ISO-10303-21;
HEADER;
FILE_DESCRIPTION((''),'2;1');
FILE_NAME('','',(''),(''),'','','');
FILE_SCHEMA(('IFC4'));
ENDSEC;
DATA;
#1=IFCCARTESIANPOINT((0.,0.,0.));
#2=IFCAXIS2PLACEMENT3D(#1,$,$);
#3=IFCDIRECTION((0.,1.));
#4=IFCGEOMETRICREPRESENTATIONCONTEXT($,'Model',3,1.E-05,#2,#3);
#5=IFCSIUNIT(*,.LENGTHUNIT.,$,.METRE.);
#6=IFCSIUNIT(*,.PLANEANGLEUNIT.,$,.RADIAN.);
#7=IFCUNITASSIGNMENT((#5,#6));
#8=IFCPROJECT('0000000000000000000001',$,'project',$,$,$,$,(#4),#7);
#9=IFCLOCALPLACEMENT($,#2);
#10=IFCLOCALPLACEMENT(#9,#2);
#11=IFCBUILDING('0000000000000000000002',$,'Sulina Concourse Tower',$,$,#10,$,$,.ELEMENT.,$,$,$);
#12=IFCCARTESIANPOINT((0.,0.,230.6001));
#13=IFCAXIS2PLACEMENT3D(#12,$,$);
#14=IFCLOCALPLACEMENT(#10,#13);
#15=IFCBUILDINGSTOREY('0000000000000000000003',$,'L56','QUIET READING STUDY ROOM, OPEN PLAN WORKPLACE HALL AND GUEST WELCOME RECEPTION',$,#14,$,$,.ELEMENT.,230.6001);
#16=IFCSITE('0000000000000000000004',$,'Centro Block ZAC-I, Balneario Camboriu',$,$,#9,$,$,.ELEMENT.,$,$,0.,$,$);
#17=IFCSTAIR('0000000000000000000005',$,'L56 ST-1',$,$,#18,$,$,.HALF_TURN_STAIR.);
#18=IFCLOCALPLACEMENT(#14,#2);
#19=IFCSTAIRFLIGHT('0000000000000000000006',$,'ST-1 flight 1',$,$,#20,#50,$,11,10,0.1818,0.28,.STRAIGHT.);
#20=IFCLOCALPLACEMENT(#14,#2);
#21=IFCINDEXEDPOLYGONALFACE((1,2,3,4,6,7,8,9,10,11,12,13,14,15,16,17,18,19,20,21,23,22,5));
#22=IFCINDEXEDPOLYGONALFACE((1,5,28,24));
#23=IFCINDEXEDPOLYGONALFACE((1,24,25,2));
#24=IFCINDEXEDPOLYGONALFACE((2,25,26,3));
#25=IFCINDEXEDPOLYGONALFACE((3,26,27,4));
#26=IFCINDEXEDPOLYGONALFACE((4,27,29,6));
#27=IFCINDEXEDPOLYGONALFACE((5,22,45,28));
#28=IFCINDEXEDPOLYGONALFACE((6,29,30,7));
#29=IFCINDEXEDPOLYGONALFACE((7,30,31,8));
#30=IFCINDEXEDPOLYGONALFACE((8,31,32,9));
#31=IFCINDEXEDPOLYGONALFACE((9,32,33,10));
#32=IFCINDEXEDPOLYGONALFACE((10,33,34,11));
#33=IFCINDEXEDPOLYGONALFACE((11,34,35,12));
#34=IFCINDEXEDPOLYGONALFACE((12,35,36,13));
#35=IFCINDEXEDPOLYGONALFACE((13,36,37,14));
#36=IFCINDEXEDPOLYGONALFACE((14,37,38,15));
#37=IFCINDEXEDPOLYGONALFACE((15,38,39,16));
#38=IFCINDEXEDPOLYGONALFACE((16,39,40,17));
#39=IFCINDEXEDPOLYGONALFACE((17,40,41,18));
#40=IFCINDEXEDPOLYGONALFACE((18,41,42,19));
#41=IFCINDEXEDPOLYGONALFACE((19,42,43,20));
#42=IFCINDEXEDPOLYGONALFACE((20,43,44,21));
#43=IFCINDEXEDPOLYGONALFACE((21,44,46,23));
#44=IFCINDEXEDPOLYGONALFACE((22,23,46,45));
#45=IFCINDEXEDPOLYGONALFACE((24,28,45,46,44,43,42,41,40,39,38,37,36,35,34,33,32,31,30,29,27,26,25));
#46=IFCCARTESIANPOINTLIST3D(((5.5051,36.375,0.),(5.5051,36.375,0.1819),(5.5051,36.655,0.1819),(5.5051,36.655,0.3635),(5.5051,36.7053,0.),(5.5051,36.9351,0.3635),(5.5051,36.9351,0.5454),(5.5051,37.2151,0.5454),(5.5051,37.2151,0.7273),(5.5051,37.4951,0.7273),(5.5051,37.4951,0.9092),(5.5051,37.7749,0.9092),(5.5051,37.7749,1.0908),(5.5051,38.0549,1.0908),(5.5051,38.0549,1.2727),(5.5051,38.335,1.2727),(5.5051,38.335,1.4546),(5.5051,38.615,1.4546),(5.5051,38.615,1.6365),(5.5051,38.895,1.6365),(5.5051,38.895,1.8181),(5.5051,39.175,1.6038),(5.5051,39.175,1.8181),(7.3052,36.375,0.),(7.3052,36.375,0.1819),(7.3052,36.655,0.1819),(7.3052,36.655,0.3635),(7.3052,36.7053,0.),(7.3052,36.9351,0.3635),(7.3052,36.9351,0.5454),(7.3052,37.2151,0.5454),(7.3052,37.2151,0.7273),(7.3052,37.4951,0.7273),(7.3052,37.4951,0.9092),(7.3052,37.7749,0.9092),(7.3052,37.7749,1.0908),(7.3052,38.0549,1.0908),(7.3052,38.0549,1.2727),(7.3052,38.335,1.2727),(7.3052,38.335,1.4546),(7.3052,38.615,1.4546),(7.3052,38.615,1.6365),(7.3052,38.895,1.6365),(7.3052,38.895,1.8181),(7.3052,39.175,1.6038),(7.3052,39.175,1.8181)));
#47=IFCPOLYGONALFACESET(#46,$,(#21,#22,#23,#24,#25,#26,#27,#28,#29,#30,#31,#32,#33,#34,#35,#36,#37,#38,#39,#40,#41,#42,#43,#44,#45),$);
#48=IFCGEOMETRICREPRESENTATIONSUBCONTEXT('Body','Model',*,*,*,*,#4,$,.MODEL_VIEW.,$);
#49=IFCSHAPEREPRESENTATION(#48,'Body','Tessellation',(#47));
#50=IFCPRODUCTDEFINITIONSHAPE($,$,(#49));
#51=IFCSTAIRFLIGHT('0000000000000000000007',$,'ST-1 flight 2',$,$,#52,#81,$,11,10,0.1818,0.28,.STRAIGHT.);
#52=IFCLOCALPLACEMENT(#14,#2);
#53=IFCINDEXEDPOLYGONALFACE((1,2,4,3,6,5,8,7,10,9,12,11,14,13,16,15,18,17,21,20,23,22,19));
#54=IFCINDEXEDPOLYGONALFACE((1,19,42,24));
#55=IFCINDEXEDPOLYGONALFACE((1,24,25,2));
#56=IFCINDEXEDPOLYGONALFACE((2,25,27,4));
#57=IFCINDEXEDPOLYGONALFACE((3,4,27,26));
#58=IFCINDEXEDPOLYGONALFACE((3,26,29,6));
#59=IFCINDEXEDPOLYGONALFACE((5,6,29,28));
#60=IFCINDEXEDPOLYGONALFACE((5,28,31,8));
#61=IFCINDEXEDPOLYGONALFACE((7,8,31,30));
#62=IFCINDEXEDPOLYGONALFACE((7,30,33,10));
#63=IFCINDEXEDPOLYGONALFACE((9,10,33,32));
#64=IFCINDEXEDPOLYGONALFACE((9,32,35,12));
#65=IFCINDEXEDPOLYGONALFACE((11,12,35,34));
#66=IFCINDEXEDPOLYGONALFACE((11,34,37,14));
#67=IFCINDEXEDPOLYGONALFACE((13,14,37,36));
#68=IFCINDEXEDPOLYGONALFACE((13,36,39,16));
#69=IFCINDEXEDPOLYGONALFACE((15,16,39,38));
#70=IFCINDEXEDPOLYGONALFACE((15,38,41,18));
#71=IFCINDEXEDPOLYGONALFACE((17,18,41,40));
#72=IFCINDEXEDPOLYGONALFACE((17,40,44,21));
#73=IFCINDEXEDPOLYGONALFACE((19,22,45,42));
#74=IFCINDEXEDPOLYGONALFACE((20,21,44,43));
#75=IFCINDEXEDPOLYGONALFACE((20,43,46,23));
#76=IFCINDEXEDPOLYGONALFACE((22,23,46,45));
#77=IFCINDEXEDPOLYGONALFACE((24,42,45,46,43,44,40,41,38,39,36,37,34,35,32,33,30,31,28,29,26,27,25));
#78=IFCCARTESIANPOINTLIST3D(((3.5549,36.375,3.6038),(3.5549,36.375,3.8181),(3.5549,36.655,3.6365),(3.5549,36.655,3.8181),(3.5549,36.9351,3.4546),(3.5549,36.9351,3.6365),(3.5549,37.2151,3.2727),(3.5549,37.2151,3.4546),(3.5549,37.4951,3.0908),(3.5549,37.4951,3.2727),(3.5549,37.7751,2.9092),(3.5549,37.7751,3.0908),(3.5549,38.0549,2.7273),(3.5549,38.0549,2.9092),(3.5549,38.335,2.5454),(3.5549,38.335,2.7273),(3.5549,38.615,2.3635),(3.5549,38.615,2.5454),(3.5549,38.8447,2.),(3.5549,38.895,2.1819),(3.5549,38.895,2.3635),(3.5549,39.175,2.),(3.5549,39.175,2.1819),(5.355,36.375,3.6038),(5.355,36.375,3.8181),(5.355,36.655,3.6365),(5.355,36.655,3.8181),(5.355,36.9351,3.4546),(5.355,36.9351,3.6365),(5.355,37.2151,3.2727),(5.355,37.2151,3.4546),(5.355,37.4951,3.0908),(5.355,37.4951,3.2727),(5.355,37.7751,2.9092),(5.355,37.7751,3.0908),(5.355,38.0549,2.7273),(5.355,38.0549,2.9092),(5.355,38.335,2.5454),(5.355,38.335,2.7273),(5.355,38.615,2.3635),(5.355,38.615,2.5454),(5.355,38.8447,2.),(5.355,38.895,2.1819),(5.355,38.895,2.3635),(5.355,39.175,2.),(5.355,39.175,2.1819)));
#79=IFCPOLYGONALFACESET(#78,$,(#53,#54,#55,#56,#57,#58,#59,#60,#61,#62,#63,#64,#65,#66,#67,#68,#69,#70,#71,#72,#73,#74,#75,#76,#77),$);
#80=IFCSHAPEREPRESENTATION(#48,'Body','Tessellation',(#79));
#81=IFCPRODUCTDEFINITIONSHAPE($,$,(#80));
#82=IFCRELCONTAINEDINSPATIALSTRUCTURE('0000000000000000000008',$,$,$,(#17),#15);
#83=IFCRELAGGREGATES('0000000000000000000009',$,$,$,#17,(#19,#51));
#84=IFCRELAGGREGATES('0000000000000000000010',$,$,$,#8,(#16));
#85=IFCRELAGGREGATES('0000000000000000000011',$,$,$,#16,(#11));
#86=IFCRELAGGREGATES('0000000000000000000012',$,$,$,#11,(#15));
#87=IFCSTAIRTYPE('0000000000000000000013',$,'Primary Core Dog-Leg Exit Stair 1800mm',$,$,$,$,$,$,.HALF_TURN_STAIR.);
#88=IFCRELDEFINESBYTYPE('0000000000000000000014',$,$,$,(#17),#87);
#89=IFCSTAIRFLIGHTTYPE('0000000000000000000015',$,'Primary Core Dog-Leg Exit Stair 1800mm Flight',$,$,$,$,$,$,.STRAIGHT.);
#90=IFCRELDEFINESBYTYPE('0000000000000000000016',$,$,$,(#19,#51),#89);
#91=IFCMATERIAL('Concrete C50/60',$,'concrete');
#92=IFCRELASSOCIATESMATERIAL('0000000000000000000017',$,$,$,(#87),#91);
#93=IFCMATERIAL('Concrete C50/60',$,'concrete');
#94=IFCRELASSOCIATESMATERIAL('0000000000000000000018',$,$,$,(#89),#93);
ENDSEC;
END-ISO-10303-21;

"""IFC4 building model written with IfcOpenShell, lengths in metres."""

from ifc_helpers import new_model, si_unit, direction, frame, origin, place, context, subcontext, project, spatial, polyline, outline, extrude, material, type_object, element, aggregate, save


model = new_model("IFC4")

# Units and contexts
model_context = context("Model", 3, precision=1e-05, world=origin(), true_north=direction((0.0, 1.0)))
body_context = subcontext(model_context, "Body", "Model", "MODEL_VIEW")
ifc_project = project(units=[si_unit("LENGTHUNIT", "METRE"), si_unit("PLANEANGLEUNIT", "RADIAN")], contexts=[model_context])

# Site, building, storey
site_placement = place(None, origin())
site = spatial("IfcSite", under=ifc_project, at=site_placement, Name="Centro Block ZAC-I, Balneario Camboriu", CompositionType="ELEMENT", RefElevation=0.0)
building_placement = place(site_placement, origin())
building = spatial("IfcBuilding", under=site, at=building_placement, Name="Sulina Concourse Tower", CompositionType="ELEMENT")
storey_placement = place(building_placement, frame((0.0, 0.0, 230.6001)))
storey = spatial("IfcBuildingStorey", under=building, at=storey_placement, Name="L56", Description="QUIET READING STUDY ROOM, OPEN PLAN WORKPLACE HALL AND GUEST WELCOME RECEPTION", CompositionType="ELEMENT", Elevation=230.6001)

# Stair, stair flights
ifc_material_1 = material(Name="Concrete C50/60", Category="concrete")
stair_type = type_object("IfcStairType", Name="Primary Core Dog-Leg Exit Stair 1800mm", PredefinedType="HALF_TURN_STAIR", material=ifc_material_1)
stair_placement = place(storey_placement, origin())
stair = element("IfcStair", 1, at=stair_placement, inside=storey, type_object=stair_type, Name="L56 ST-1", PredefinedType="HALF_TURN_STAIR")
ifc_material_2 = material(Name="Concrete C50/60", Category="concrete")
stair_flight_type = type_object("IfcStairFlightType", Name="Primary Core Dog-Leg Exit Stair 1800mm Flight", PredefinedType="STRAIGHT", material=ifc_material_2)
stair_flight_1_placement = place(storey_placement, frame((6.405, 36.375, 0.0), z_axis=(0.0, 0.0, 1.0), x_axis=(0.0, 1.0, 0.0)))
stair_flight_1 = element("IfcStairFlight", 2, at=stair_flight_1_placement, type_object=stair_flight_type, Name="ST-1 flight 1", NumberOfRisers=11, NumberOfTreads=10, PredefinedType="STRAIGHT", RiserHeight=0.1818, TreadLength=0.28, context=body_context, shape_type="SweptSolid", body=[
    extrude(outline(polyline([(0.0, 0.0), (0.0, 0.1819), (0.28, 0.1819), (0.28, 0.3635), (0.5601, 0.3635), (0.5601, 0.5454), (0.8401, 0.5454), (0.8401, 0.7273), (1.1201, 0.7273), (1.1201, 0.9092), (1.3999, 0.9092), (1.3999, 1.0908), (1.6799, 1.0908), (1.6799, 1.2727), (1.96, 1.2727), (1.96, 1.4546), (2.24, 1.4546), (2.24, 1.6365), (2.52, 1.6365), (2.52, 1.8181), (2.8, 1.8181), (2.8, 2.0), (2.8, 1.6038), (0.3303, 0.0), (0.0, 0.0)])), frame((0.0, 0.8999, 0.0), z_axis=(0.0, -1.0, 0.0), x_axis=(1.0, 0.0, 0.0)), (0.0, 0.0, 1.0), 1.8),
])
stair_flight_2_placement = place(storey_placement, frame((4.4551, 39.175, 2.0), z_axis=(0.0, 0.0, 1.0), x_axis=(0.0, -1.0, 0.0)))
stair_flight_2 = element("IfcStairFlight", 3, at=stair_flight_2_placement, type_object=stair_flight_type, Name="ST-1 flight 2", NumberOfRisers=11, NumberOfTreads=10, PredefinedType="STRAIGHT", RiserHeight=0.1818, TreadLength=0.28, context=body_context, shape_type="SweptSolid", body=[
    extrude(outline(polyline([(0.0, 0.0), (0.0, 0.1819), (0.28, 0.1819), (0.28, 0.3635), (0.5601, 0.3635), (0.5601, 0.5454), (0.8401, 0.5454), (0.8401, 0.7273), (1.1201, 0.7273), (1.1201, 0.9092), (1.3999, 0.9092), (1.3999, 1.0908), (1.6799, 1.0908), (1.6799, 1.2727), (1.96, 1.2727), (1.96, 1.4546), (2.24, 1.4546), (2.24, 1.6365), (2.52, 1.6365), (2.52, 1.8181), (2.8, 1.8181), (2.8, 2.0), (2.8, 1.6038), (0.3303, 0.0), (0.0, 0.0)])), frame((0.0, 0.8999, 0.0), z_axis=(0.0, -1.0, 0.0), x_axis=(1.0, 0.0, 0.0)), (0.0, 0.0, 1.0), 1.8),
])
aggregate(stair, [stair_flight_1, stair_flight_2])

save(model, "model.ifc")
